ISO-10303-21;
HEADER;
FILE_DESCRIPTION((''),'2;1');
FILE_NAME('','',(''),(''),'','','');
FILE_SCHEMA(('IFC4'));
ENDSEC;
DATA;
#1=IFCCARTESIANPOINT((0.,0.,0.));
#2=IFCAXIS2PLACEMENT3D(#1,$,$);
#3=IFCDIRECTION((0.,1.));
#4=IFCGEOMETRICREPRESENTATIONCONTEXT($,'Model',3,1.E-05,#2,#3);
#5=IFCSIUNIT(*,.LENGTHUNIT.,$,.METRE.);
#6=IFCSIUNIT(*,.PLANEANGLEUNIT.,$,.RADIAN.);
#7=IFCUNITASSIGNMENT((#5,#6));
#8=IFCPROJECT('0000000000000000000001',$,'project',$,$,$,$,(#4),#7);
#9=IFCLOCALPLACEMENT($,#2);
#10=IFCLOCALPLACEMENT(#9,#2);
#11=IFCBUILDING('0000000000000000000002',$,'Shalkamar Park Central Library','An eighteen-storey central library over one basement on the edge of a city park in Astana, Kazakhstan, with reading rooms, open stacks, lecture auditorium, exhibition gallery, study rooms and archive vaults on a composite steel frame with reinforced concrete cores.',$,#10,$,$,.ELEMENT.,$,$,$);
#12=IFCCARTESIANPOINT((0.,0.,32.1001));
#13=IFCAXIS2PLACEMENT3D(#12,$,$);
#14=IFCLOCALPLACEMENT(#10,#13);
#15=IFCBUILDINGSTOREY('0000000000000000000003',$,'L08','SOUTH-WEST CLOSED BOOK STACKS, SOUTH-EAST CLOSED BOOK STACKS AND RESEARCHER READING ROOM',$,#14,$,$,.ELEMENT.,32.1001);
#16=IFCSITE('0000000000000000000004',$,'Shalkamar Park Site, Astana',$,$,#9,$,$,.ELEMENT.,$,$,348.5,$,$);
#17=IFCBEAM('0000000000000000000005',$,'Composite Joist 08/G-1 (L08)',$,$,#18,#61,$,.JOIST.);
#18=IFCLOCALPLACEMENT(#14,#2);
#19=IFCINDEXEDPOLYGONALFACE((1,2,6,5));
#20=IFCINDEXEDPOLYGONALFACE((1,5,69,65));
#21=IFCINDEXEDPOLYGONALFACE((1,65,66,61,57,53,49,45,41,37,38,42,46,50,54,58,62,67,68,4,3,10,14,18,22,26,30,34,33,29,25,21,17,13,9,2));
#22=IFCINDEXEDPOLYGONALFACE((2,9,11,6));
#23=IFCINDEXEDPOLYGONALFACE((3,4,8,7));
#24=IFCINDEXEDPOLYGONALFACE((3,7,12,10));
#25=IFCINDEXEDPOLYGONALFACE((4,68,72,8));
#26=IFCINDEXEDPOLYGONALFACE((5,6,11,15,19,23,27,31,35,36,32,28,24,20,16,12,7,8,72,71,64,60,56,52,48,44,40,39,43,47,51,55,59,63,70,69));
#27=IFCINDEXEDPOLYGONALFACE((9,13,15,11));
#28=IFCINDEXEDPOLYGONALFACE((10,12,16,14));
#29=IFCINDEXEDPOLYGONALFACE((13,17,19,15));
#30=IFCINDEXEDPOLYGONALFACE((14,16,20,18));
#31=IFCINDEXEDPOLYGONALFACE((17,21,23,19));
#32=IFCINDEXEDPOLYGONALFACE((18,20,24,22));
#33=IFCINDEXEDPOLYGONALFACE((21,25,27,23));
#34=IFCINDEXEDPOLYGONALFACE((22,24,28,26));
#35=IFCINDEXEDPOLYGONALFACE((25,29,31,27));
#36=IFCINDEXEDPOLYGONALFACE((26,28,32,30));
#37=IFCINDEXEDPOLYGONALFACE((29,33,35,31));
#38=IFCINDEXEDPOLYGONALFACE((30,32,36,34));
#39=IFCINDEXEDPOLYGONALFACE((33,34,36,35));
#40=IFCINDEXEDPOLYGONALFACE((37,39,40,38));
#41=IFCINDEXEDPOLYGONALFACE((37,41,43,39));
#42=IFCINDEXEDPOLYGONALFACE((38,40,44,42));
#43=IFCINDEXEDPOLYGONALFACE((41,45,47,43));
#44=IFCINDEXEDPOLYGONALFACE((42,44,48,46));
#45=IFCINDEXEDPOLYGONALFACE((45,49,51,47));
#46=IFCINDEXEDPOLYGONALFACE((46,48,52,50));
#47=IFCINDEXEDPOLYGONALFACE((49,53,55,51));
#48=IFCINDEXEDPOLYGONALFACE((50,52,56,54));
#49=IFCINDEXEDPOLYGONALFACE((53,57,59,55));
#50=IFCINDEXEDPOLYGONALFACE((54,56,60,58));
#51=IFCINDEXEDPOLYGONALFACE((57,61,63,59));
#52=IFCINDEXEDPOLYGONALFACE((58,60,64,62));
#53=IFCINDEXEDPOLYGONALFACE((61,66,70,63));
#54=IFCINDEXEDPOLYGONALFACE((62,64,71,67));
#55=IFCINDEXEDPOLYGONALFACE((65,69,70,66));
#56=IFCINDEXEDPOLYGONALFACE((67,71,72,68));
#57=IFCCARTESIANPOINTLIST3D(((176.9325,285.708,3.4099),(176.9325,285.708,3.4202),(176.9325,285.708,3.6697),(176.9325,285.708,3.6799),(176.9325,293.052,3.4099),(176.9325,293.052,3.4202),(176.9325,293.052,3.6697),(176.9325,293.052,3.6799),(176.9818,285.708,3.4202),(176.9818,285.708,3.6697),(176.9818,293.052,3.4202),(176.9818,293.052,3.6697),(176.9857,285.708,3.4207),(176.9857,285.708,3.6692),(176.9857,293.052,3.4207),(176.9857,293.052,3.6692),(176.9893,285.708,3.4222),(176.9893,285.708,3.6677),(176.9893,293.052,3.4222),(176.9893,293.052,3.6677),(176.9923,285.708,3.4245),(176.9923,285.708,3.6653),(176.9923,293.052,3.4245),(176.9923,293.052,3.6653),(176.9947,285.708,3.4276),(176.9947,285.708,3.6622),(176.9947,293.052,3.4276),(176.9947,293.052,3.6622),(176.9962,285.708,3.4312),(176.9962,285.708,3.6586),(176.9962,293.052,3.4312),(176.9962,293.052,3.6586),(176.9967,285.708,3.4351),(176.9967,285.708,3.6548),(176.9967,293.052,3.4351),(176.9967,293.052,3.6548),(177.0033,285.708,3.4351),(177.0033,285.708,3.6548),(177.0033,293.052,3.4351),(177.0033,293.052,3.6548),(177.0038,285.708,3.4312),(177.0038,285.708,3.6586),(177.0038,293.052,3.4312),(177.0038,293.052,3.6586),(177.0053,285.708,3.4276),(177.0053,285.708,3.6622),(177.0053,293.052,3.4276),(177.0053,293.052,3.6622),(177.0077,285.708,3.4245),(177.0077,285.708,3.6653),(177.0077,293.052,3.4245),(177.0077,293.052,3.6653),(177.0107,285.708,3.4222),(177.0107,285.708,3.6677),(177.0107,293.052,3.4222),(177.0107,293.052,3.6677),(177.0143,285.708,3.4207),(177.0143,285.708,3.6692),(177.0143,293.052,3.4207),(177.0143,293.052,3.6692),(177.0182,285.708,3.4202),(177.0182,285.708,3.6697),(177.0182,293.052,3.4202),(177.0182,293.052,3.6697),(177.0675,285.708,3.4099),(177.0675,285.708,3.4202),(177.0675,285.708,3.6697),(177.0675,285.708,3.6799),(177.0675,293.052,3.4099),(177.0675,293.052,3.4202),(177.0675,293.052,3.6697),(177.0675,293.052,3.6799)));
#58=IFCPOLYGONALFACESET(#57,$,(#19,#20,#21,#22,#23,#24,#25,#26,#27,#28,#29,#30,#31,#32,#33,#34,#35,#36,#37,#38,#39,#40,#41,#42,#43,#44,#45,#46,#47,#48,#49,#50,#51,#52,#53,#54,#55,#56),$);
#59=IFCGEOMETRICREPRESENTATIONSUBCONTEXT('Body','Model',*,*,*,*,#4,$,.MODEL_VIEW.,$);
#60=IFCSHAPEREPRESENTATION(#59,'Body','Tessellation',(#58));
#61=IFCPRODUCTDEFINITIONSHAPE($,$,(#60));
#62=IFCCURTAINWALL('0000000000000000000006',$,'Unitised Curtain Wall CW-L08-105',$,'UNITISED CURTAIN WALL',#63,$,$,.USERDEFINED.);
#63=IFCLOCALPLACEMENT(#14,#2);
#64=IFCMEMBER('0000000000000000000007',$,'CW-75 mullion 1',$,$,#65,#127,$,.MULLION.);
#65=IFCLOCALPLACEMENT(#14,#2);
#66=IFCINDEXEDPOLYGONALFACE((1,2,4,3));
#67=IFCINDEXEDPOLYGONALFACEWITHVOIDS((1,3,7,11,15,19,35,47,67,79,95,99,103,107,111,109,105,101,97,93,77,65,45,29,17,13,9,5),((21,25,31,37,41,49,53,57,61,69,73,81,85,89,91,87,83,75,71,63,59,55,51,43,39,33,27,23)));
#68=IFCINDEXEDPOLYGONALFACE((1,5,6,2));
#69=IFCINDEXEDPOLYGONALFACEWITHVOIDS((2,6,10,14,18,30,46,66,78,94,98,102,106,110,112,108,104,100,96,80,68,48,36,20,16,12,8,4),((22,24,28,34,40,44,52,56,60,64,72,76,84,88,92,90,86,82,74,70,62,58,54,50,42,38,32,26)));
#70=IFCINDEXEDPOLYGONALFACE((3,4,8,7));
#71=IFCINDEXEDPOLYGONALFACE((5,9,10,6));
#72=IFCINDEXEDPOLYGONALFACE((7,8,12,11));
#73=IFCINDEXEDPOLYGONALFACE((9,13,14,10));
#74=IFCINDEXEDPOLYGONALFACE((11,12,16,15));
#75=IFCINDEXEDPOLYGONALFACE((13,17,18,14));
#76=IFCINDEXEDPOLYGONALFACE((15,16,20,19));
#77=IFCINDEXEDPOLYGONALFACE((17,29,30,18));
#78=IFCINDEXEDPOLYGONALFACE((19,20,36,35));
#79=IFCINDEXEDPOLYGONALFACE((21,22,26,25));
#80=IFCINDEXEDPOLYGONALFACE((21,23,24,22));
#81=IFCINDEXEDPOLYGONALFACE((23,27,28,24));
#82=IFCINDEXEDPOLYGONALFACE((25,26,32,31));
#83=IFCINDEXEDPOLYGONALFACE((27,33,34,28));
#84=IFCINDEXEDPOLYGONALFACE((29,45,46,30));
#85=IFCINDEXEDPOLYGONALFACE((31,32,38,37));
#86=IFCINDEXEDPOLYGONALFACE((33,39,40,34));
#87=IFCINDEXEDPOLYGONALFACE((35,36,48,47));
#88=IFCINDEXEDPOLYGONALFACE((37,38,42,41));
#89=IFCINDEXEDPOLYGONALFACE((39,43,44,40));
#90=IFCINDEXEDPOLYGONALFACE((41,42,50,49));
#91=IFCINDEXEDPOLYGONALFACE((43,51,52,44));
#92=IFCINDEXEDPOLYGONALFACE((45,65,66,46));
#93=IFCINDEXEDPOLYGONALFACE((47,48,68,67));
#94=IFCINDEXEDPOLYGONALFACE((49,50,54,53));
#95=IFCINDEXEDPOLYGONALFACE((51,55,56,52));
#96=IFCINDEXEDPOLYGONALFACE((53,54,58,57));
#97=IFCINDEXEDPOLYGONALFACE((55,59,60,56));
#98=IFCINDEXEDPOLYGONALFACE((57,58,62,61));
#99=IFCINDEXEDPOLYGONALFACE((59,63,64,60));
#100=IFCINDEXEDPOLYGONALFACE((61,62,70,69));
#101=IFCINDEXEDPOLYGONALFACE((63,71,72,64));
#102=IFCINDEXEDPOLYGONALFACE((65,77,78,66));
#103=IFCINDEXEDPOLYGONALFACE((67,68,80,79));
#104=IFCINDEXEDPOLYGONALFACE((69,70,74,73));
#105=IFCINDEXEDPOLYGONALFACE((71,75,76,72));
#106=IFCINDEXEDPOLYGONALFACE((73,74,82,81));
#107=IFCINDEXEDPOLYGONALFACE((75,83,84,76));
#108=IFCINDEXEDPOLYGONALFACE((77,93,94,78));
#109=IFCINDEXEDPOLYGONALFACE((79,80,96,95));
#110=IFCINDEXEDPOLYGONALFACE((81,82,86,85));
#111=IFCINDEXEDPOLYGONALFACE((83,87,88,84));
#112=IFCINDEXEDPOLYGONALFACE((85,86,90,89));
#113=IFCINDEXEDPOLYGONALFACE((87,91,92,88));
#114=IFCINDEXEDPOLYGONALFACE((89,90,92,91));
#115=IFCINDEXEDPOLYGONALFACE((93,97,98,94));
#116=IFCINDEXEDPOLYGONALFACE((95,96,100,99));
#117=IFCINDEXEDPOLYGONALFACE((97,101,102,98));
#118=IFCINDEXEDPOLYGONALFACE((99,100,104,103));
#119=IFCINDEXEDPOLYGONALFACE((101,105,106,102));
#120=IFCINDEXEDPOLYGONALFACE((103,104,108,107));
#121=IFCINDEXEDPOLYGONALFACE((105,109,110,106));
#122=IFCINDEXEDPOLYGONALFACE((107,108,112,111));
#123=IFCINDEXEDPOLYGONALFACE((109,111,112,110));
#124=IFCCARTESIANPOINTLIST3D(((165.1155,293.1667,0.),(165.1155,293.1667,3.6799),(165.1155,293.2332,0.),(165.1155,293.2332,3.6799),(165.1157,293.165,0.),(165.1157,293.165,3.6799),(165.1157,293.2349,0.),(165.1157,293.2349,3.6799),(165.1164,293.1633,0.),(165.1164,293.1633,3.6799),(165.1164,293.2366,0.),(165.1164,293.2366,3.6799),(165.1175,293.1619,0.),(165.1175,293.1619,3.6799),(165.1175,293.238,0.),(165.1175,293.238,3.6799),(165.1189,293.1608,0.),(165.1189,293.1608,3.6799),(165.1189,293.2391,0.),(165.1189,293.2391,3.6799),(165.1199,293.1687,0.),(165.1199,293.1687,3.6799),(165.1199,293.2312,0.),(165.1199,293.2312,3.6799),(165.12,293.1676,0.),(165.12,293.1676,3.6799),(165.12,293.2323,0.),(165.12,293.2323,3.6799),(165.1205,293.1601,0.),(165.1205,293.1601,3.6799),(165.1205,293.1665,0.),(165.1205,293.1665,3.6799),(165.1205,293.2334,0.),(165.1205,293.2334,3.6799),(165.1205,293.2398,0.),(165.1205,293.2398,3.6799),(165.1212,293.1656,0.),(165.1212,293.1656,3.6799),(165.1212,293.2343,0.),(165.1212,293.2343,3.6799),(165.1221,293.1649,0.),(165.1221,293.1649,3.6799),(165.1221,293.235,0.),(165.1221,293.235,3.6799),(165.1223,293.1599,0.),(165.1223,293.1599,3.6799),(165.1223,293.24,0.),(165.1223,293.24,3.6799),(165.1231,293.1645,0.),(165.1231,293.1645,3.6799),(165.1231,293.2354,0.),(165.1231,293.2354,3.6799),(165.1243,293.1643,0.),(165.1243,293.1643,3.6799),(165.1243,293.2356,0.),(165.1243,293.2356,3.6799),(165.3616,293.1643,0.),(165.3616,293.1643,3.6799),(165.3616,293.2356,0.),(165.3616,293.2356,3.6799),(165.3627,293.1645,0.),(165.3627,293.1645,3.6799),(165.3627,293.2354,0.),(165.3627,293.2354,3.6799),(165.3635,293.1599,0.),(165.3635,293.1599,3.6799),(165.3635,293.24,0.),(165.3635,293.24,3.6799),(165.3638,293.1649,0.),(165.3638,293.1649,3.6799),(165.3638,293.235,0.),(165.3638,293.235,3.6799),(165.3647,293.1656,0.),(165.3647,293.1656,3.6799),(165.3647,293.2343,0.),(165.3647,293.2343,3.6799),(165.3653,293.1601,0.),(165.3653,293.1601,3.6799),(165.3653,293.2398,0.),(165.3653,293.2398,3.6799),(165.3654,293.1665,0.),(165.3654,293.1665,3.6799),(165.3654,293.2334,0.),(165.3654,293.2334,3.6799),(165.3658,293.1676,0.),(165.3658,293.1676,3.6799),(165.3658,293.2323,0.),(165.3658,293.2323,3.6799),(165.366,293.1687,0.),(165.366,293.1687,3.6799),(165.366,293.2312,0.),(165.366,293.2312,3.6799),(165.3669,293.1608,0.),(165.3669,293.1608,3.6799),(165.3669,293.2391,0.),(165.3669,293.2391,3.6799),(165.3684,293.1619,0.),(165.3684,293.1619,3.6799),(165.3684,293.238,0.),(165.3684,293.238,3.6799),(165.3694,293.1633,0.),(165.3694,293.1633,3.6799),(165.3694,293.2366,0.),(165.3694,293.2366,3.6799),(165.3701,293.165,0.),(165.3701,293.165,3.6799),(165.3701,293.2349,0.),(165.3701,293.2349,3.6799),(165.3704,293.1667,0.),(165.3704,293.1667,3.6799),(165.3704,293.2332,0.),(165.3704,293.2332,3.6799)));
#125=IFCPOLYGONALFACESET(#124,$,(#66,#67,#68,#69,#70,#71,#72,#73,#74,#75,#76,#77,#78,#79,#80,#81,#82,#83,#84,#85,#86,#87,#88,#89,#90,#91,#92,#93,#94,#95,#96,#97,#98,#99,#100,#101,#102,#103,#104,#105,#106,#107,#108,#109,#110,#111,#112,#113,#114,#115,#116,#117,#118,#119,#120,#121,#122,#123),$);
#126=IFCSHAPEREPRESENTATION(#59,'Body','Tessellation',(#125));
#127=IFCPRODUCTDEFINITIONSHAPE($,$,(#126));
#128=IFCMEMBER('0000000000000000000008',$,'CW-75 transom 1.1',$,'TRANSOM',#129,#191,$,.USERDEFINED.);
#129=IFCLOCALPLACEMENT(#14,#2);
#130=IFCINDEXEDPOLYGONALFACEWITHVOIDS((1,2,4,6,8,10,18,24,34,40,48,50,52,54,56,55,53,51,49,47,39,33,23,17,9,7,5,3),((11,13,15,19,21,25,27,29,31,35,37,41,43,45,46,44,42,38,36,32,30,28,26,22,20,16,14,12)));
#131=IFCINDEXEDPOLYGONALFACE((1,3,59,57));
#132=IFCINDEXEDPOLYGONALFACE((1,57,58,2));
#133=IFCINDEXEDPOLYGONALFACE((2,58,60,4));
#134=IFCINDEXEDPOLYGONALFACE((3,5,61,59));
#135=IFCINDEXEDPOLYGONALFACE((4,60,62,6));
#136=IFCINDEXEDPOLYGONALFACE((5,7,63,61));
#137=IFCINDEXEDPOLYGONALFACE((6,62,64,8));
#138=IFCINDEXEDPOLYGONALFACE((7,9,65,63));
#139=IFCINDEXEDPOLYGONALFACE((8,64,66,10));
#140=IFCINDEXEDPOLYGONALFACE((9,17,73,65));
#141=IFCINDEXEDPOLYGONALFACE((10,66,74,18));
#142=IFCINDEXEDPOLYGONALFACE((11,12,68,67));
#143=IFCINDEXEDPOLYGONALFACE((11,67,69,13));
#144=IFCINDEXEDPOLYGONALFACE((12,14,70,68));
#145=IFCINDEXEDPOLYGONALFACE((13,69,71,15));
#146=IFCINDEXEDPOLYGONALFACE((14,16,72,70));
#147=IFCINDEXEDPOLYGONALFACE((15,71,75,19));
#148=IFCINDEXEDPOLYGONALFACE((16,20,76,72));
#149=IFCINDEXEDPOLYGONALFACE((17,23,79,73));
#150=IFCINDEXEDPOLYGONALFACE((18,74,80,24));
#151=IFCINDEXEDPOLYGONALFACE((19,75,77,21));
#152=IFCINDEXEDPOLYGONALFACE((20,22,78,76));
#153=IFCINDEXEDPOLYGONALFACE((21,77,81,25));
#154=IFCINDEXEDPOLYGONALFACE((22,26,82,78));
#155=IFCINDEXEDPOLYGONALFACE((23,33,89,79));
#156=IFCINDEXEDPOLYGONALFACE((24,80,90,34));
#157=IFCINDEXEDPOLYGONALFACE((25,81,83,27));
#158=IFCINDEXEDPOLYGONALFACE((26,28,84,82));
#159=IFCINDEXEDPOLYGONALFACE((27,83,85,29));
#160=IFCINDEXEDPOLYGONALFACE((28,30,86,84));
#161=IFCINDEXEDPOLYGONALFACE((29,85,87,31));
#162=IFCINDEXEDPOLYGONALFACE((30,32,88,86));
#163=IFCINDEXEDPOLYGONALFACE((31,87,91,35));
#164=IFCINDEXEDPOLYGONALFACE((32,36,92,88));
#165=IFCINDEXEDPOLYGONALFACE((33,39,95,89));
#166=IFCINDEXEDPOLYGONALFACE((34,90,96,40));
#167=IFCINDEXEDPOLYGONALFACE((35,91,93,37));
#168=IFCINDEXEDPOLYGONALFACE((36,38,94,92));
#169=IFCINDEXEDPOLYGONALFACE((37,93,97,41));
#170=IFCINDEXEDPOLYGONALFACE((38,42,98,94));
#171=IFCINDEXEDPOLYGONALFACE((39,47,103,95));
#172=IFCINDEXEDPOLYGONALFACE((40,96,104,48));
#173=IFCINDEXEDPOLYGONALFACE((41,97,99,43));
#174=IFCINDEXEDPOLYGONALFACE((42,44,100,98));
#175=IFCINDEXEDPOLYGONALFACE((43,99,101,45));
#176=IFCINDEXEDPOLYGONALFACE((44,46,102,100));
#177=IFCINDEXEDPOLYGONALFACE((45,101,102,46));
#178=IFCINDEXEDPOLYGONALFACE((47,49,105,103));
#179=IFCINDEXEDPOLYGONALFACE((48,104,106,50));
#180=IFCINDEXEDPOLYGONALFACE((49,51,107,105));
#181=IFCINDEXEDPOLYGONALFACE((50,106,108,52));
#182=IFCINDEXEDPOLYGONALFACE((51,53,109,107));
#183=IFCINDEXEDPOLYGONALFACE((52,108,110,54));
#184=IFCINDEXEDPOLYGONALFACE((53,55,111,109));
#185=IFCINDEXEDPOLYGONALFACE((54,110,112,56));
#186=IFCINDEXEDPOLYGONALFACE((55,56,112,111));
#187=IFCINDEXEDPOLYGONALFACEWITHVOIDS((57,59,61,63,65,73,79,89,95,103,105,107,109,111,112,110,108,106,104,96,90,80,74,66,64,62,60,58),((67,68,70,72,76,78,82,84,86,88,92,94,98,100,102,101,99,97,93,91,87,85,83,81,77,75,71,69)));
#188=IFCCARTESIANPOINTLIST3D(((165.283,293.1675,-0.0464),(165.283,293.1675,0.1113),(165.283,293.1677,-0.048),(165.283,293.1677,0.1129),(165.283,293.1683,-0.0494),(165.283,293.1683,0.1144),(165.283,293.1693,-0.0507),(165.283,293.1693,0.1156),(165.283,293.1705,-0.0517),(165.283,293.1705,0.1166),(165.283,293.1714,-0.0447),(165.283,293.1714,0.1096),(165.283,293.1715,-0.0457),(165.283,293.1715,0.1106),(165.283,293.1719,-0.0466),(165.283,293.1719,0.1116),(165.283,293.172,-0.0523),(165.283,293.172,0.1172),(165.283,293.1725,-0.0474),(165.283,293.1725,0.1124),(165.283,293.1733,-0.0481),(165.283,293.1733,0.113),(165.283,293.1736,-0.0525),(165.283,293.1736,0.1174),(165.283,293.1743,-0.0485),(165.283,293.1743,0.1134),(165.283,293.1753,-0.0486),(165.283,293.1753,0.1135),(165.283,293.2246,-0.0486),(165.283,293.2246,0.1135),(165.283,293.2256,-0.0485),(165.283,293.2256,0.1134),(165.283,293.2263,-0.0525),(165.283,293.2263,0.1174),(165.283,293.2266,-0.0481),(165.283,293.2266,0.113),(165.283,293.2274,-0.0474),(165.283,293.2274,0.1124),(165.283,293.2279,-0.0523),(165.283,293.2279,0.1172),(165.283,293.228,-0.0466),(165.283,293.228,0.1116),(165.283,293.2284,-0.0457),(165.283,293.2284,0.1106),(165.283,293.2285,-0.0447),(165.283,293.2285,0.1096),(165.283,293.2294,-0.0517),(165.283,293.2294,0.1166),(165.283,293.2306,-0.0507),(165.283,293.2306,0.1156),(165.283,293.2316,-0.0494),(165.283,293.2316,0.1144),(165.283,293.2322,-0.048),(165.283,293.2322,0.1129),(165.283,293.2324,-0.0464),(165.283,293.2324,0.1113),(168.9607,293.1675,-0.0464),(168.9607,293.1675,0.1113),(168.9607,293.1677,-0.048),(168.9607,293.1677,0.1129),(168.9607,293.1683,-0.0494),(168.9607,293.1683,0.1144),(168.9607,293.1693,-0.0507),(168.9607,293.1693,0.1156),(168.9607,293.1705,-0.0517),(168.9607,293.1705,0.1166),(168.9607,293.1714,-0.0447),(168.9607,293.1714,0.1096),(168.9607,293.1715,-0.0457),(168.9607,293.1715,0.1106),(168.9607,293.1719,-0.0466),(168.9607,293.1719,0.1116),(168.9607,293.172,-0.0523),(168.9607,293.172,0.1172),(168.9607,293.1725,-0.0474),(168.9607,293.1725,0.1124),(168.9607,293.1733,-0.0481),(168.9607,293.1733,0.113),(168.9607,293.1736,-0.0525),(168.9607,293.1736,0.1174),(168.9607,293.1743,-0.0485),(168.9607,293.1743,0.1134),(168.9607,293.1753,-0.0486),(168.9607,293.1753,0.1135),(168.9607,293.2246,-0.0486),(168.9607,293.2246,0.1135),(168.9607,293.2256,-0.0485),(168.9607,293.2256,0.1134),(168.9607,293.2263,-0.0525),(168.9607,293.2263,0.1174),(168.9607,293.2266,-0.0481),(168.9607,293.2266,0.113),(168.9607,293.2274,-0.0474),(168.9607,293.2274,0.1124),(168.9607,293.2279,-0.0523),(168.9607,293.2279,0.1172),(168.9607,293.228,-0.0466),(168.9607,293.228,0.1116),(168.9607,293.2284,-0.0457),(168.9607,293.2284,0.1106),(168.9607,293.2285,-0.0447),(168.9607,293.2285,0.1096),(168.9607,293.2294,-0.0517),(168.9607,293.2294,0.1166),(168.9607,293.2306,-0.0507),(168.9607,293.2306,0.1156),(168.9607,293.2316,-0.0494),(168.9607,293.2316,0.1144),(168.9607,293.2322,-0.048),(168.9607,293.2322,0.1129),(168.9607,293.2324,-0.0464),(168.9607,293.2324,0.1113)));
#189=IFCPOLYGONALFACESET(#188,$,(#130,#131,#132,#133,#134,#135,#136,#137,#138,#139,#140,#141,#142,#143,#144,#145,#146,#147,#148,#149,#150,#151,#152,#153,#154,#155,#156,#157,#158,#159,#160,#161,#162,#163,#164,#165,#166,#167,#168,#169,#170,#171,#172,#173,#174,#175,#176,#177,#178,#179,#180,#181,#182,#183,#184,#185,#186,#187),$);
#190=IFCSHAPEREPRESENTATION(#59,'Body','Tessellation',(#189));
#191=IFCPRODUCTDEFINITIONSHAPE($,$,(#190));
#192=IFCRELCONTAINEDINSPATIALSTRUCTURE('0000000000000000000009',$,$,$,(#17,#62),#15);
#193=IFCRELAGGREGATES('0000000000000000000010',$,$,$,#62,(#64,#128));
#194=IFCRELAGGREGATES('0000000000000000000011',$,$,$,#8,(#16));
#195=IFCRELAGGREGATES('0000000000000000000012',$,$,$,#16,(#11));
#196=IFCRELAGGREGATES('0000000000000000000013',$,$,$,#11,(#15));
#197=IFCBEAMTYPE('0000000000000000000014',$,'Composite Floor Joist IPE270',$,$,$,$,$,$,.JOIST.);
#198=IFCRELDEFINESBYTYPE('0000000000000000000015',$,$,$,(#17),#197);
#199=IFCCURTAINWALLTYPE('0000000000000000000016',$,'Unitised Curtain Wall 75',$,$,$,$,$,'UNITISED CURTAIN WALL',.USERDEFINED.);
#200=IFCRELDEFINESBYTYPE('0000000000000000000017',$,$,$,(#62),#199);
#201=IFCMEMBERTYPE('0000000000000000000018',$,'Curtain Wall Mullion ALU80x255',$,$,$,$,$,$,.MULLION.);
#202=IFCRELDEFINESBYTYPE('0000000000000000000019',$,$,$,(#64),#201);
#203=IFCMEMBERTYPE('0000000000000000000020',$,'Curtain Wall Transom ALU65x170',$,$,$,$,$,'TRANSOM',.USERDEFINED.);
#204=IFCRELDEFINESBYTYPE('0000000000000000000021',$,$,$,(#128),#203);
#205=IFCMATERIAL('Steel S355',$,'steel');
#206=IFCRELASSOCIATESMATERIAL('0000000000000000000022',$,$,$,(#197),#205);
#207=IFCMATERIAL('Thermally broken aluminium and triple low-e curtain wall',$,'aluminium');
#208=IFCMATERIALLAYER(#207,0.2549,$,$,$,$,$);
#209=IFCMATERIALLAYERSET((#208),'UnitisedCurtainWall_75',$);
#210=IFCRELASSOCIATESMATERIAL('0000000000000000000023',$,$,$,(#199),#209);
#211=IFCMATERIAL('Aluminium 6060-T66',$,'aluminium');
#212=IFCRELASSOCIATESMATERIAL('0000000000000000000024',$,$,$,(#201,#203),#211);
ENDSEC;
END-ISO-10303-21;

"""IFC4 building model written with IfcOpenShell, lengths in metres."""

from ifc_helpers import new_model, si_unit, direction, frame, origin, origin_2d, place, context, subcontext, project, spatial, hollow_rectangle, i_section, extrude, material, layer, layer_set, material_profile, profile_set, type_object, element, aggregate, save


model = new_model("IFC4")

# Units and contexts
model_context = context("Model", 3, precision=1e-05, world=origin(), true_north=direction((0.0, 1.0)))
body_context = subcontext(model_context, "Body", "Model", "MODEL_VIEW")
ifc_project = project(units=[si_unit("LENGTHUNIT", "METRE"), si_unit("PLANEANGLEUNIT", "RADIAN")], contexts=[model_context])

# Site, building, storey
site_placement = place(None, origin())
site = spatial("IfcSite", under=ifc_project, at=site_placement, Name="Shalkamar Park Site, Astana", CompositionType="ELEMENT", RefElevation=348.5)
building_placement = place(site_placement, origin())
building = spatial("IfcBuilding", under=site, at=building_placement, Name="Shalkamar Park Central Library", Description="An eighteen-storey central library over one basement on the edge of a city park in Astana, Kazakhstan, with reading rooms, open stacks, lecture auditorium, exhibition gallery, study rooms and archive vaults on a composite steel frame with reinforced concrete cores.", CompositionType="ELEMENT")
storey_placement = place(building_placement, frame((0.0, 0.0, 32.1001)))
storey = spatial("IfcBuildingStorey", under=building, at=storey_placement, Name="L08", Description="SOUTH-WEST CLOSED BOOK STACKS, SOUTH-EAST CLOSED BOOK STACKS AND RESEARCHER READING ROOM", CompositionType="ELEMENT", Elevation=32.1001)

# Shared definitions
ifc_material_1 = material(Name="Steel S355", Category="steel")

# Beam
ifc_material_profile_1 = material_profile(ifc_material_1, i_section(OverallWidth=0.135, OverallDepth=0.27, WebThickness=0.0066, FlangeThickness=0.0103, FilletRadius=0.0149, at=origin_2d()), Name="IPE 270")
ifc_profile_set_1 = profile_set([ifc_material_profile_1], Name="Steel S355")
beam_type_1 = type_object("IfcBeamType", Name="Composite Floor Joist IPE270", PredefinedType="JOIST", material=ifc_profile_set_1)
beam_1_placement = place(storey_placement, frame((177.0, 285.708, 3.5449), z_axis=(0.0, 1.0, 0.0), x_axis=(-1.0, 0.0, 0.0)))
element("IfcBeam", 1, at=beam_1_placement, inside=storey, type_object=beam_type_1, Name="Composite Joist 08/G-1 (L08)", PredefinedType="JOIST", context=body_context, shape_type="SweptSolid", body=[
    extrude(i_section(OverallWidth=0.135, OverallDepth=0.27, WebThickness=0.0066, FlangeThickness=0.0103, FilletRadius=0.0149, at=origin_2d()), origin(), (0.0, 0.0, 1.0), 7.344),
])

# Curtain wall, members
ifc_material_2 = material(Name="Thermally broken aluminium and triple low-e curtain wall", Category="aluminium")
ifc_layer_1 = layer(ifc_material_2, 0.2549)
ifc_layer_set_1 = layer_set([ifc_layer_1], Name="UnitisedCurtainWall_75")
curtain_wall_type = type_object("IfcCurtainWallType", Name="Unitised Curtain Wall 75", ElementType="UNITISED CURTAIN WALL", PredefinedType="USERDEFINED", material=ifc_layer_set_1)
curtain_wall_placement = place(storey_placement, origin())
curtain_wall = element("IfcCurtainWall", 2, at=curtain_wall_placement, inside=storey, type_object=curtain_wall_type, Name="Unitised Curtain Wall CW-L08-105", ObjectType="UNITISED CURTAIN WALL", PredefinedType="USERDEFINED")
ifc_material_3 = material(Name="Aluminium 6060-T66", Category="aluminium")
ifc_material_profile_2 = material_profile(ifc_material_3, hollow_rectangle(XDim=0.0801, YDim=0.2549, WallThickness=0.0044, InnerFilletRadius=0.0044, OuterFilletRadius=0.0068, at=origin_2d()), Name="ALU 80x255x4.5")
ifc_profile_set_2 = profile_set([ifc_material_profile_2], Name="Aluminium 6060-T66")
member_type_1 = type_object("IfcMemberType", Name="Curtain Wall Mullion ALU80x255", PredefinedType="MULLION", material=ifc_profile_set_2)
member_1_placement = place(storey_placement, frame((165.2429, 293.2, 0.0), z_axis=(0.0, 0.0, 1.0), x_axis=(0.0, 1.0, 0.0)))
member_1 = element("IfcMember", 3, at=member_1_placement, type_object=member_type_1, Name="CW-75 mullion 1", PredefinedType="MULLION", context=body_context, shape_type="SweptSolid", body=[
    extrude(hollow_rectangle(XDim=0.0801, YDim=0.2549, WallThickness=0.0044, InnerFilletRadius=0.0044, OuterFilletRadius=0.0068, at=origin_2d()), origin(), (0.0, 0.0, 1.0), 3.6799),
])
ifc_material_profile_3 = material_profile(ifc_material_3, hollow_rectangle(XDim=0.0649, YDim=0.1699, WallThickness=0.0039, InnerFilletRadius=0.0039, OuterFilletRadius=0.0061, at=origin_2d()), Name="ALU 65x170x4")
ifc_profile_set_3 = profile_set([ifc_material_profile_3], Name="Aluminium 6060-T66")
member_type_2 = type_object("IfcMemberType", Name="Curtain Wall Transom ALU65x170", ElementType="TRANSOM", PredefinedType="USERDEFINED", material=ifc_profile_set_3)
member_2_placement = place(storey_placement, frame((165.283, 293.2, 0.0325), z_axis=(1.0, 0.0, 0.0), x_axis=(0.0, 1.0, 0.0)))
member_2 = element("IfcMember", 4, at=member_2_placement, type_object=member_type_2, Name="CW-75 transom 1.1", ObjectType="TRANSOM", PredefinedType="USERDEFINED", context=body_context, shape_type="SweptSolid", body=[
    extrude(hollow_rectangle(XDim=0.0649, YDim=0.1699, WallThickness=0.0039, InnerFilletRadius=0.0039, OuterFilletRadius=0.0061, at=origin_2d()), origin(), (0.0, 0.0, 1.0), 3.6777),
])
aggregate(curtain_wall, [member_1, member_2])

save(model, "model.ifc")
